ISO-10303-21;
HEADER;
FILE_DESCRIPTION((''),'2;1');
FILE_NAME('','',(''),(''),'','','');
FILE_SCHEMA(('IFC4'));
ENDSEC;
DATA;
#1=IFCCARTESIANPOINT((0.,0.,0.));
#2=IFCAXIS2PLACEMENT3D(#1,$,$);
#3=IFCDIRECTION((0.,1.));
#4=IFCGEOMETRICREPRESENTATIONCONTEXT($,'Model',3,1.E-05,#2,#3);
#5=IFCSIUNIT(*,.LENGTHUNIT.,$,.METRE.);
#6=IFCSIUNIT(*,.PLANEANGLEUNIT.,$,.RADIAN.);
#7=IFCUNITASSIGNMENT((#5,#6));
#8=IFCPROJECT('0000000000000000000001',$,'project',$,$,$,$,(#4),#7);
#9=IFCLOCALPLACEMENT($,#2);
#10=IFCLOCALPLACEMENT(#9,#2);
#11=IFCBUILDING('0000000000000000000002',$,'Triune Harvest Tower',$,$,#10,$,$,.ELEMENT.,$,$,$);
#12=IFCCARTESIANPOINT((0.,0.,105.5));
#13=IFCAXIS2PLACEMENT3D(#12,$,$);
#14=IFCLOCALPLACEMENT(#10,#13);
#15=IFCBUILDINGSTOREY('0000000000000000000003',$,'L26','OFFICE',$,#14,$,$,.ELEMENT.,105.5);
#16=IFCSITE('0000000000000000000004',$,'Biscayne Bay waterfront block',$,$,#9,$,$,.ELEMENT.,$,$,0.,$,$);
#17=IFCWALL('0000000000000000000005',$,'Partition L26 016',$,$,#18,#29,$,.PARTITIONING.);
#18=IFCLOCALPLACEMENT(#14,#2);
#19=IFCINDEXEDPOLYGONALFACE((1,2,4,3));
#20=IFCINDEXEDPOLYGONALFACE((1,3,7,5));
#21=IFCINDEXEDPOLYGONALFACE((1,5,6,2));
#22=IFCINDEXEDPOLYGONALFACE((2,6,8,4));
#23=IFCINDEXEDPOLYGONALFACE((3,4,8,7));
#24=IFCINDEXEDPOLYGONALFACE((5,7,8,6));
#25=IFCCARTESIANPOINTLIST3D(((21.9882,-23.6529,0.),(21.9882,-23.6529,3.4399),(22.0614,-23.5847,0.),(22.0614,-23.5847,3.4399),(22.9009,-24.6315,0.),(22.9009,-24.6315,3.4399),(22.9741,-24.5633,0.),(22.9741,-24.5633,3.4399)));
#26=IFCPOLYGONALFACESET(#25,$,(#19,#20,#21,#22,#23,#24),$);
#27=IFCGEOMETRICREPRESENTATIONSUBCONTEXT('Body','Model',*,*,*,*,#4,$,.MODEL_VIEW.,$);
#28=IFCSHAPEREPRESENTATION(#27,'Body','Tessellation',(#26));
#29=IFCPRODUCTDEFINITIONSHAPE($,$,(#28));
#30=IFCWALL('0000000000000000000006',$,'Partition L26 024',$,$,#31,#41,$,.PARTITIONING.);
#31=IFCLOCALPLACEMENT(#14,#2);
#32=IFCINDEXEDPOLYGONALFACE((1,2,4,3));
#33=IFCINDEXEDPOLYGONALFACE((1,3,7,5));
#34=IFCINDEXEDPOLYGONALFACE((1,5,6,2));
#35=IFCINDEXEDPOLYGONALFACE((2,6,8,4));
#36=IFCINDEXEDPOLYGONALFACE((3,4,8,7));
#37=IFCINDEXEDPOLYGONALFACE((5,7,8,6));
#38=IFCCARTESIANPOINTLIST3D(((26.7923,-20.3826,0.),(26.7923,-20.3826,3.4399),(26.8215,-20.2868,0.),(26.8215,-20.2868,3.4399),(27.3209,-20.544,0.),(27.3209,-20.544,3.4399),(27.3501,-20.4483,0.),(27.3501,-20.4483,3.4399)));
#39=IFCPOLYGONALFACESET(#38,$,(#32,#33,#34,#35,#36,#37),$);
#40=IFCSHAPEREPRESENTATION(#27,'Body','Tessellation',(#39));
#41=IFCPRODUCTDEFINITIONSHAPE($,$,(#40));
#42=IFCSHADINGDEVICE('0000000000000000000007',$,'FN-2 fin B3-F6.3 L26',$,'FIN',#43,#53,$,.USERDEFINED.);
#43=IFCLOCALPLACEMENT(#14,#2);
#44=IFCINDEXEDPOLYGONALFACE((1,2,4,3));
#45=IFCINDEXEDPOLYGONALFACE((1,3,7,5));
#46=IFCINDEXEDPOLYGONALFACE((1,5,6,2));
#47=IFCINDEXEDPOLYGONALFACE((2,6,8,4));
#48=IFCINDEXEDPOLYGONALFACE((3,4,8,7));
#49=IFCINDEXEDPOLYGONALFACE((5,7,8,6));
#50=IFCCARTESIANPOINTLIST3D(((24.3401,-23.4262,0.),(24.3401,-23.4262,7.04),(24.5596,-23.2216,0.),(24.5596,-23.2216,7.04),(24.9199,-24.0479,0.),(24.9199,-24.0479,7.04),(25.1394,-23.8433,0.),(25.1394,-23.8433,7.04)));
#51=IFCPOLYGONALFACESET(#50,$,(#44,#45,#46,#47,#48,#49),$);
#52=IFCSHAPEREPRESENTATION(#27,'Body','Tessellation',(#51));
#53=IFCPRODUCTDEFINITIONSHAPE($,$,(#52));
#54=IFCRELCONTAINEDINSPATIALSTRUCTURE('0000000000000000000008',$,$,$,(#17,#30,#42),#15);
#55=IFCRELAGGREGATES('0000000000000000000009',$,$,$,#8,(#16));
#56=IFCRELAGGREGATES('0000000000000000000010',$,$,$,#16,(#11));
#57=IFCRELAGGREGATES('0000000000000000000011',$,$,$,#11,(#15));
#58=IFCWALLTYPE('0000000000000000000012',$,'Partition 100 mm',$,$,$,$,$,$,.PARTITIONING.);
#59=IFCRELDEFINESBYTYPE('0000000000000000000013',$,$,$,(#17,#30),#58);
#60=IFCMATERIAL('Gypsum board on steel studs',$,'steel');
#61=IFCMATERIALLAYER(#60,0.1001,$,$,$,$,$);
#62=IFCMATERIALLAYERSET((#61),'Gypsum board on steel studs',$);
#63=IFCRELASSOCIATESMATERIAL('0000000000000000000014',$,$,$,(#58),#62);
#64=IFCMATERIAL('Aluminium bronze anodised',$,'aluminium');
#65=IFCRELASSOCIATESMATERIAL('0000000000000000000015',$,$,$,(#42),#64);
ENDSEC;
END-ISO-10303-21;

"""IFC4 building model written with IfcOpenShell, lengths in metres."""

from ifc_helpers import new_model, si_unit, direction, frame, frame_2d, origin, origin_2d, place, context, subcontext, project, spatial, rectangle, extrude, source, transform, mapped, material, layer, layer_set, type_object, element, save


model = new_model("IFC4")

# Units and contexts
model_context = context("Model", 3, precision=1e-05, world=origin(), true_north=direction((0.0, 1.0)))
body_context = subcontext(model_context, "Body", "Model", "MODEL_VIEW")
ifc_project = project(units=[si_unit("LENGTHUNIT", "METRE"), si_unit("PLANEANGLEUNIT", "RADIAN")], contexts=[model_context])

# Site, building, storey
site_placement = place(None, origin())
site = spatial("IfcSite", under=ifc_project, at=site_placement, Name="Biscayne Bay waterfront block", CompositionType="ELEMENT", RefElevation=0.0)
building_placement = place(site_placement, origin())
building = spatial("IfcBuilding", under=site, at=building_placement, Name="Triune Harvest Tower", CompositionType="ELEMENT")
storey_placement = place(building_placement, frame((0.0, 0.0, 105.5)))
storey = spatial("IfcBuildingStorey", under=building, at=storey_placement, Name="L26", Description="OFFICE", CompositionType="ELEMENT", Elevation=105.5)

# Walls
ifc_material_1 = material(Name="Gypsum board on steel studs", Category="steel")
ifc_layer_1 = layer(ifc_material_1, 0.1001)
ifc_layer_set_1 = layer_set([ifc_layer_1], Name="Gypsum board on steel studs")
wall_type = type_object("IfcWallType", Name="Partition 100 mm", PredefinedType="PARTITIONING", material=ifc_layer_set_1)
shared_shape_1 = source(origin(), body_context, "Body", "SweptSolid", [
    extrude(rectangle(XDim=1.3381, YDim=0.1001, at=frame_2d((0.6689, 0.0))), origin(), (0.0, 0.0, 1.0), 3.4399),
])
wall_1_placement = place(storey_placement, frame((22.0249, -23.6189, 0.0), z_axis=(0.0, 0.0, 1.0), x_axis=(0.682045, -0.73131, 0.0)))
element("IfcWall", 1, at=wall_1_placement, inside=storey, type_object=wall_type, Name="Partition L26 016", PredefinedType="PARTITIONING", context=body_context, shape_type="MappedRepresentation", body=[
    mapped(shared_shape_1, transform((0.0, 0.0, 0.0), scale=1.0)),
])
shared_shape_2 = source(origin(), body_context, "Body", "SweptSolid", [
    extrude(rectangle(XDim=0.5527, YDim=0.1001, at=frame_2d((0.2764, 0.0))), origin(), (0.0, 0.0, 1.0), 3.4399),
])
wall_2_placement = place(storey_placement, frame((26.8069, -20.3347, 0.0), z_axis=(0.0, 0.0, 1.0), x_axis=(0.956417, -0.292005, 0.0)))
element("IfcWall", 2, at=wall_2_placement, inside=storey, type_object=wall_type, Name="Partition L26 024", PredefinedType="PARTITIONING", context=body_context, shape_type="MappedRepresentation", body=[
    mapped(shared_shape_2, transform((0.0, 0.0, 0.0), scale=1.0)),
])

# Shading device
ifc_material_2 = material(Name="Aluminium bronze anodised", Category="aluminium")
shared_shape_3 = source(origin(), body_context, "Body", "SweptSolid", [
    extrude(rectangle(XDim=0.3, YDim=0.8501, at=origin_2d()), origin(), (0.0, 0.0, 1.0), 7.04),
])
shading_device_placement = place(storey_placement, frame((24.7397, -23.6348, 0.0), z_axis=(0.0, 0.0, 1.0), x_axis=(0.73135, 0.682002, 0.0)))
element("IfcShadingDevice", 3, at=shading_device_placement, inside=storey, material=ifc_material_2, Name="FN-2 fin B3-F6.3 L26", ObjectType="FIN", PredefinedType="USERDEFINED", context=body_context, shape_type="MappedRepresentation", body=[
    mapped(shared_shape_3, transform((0.0, 0.0, 0.0), scale=1.0)),
])

save(model, "model.ifc")
